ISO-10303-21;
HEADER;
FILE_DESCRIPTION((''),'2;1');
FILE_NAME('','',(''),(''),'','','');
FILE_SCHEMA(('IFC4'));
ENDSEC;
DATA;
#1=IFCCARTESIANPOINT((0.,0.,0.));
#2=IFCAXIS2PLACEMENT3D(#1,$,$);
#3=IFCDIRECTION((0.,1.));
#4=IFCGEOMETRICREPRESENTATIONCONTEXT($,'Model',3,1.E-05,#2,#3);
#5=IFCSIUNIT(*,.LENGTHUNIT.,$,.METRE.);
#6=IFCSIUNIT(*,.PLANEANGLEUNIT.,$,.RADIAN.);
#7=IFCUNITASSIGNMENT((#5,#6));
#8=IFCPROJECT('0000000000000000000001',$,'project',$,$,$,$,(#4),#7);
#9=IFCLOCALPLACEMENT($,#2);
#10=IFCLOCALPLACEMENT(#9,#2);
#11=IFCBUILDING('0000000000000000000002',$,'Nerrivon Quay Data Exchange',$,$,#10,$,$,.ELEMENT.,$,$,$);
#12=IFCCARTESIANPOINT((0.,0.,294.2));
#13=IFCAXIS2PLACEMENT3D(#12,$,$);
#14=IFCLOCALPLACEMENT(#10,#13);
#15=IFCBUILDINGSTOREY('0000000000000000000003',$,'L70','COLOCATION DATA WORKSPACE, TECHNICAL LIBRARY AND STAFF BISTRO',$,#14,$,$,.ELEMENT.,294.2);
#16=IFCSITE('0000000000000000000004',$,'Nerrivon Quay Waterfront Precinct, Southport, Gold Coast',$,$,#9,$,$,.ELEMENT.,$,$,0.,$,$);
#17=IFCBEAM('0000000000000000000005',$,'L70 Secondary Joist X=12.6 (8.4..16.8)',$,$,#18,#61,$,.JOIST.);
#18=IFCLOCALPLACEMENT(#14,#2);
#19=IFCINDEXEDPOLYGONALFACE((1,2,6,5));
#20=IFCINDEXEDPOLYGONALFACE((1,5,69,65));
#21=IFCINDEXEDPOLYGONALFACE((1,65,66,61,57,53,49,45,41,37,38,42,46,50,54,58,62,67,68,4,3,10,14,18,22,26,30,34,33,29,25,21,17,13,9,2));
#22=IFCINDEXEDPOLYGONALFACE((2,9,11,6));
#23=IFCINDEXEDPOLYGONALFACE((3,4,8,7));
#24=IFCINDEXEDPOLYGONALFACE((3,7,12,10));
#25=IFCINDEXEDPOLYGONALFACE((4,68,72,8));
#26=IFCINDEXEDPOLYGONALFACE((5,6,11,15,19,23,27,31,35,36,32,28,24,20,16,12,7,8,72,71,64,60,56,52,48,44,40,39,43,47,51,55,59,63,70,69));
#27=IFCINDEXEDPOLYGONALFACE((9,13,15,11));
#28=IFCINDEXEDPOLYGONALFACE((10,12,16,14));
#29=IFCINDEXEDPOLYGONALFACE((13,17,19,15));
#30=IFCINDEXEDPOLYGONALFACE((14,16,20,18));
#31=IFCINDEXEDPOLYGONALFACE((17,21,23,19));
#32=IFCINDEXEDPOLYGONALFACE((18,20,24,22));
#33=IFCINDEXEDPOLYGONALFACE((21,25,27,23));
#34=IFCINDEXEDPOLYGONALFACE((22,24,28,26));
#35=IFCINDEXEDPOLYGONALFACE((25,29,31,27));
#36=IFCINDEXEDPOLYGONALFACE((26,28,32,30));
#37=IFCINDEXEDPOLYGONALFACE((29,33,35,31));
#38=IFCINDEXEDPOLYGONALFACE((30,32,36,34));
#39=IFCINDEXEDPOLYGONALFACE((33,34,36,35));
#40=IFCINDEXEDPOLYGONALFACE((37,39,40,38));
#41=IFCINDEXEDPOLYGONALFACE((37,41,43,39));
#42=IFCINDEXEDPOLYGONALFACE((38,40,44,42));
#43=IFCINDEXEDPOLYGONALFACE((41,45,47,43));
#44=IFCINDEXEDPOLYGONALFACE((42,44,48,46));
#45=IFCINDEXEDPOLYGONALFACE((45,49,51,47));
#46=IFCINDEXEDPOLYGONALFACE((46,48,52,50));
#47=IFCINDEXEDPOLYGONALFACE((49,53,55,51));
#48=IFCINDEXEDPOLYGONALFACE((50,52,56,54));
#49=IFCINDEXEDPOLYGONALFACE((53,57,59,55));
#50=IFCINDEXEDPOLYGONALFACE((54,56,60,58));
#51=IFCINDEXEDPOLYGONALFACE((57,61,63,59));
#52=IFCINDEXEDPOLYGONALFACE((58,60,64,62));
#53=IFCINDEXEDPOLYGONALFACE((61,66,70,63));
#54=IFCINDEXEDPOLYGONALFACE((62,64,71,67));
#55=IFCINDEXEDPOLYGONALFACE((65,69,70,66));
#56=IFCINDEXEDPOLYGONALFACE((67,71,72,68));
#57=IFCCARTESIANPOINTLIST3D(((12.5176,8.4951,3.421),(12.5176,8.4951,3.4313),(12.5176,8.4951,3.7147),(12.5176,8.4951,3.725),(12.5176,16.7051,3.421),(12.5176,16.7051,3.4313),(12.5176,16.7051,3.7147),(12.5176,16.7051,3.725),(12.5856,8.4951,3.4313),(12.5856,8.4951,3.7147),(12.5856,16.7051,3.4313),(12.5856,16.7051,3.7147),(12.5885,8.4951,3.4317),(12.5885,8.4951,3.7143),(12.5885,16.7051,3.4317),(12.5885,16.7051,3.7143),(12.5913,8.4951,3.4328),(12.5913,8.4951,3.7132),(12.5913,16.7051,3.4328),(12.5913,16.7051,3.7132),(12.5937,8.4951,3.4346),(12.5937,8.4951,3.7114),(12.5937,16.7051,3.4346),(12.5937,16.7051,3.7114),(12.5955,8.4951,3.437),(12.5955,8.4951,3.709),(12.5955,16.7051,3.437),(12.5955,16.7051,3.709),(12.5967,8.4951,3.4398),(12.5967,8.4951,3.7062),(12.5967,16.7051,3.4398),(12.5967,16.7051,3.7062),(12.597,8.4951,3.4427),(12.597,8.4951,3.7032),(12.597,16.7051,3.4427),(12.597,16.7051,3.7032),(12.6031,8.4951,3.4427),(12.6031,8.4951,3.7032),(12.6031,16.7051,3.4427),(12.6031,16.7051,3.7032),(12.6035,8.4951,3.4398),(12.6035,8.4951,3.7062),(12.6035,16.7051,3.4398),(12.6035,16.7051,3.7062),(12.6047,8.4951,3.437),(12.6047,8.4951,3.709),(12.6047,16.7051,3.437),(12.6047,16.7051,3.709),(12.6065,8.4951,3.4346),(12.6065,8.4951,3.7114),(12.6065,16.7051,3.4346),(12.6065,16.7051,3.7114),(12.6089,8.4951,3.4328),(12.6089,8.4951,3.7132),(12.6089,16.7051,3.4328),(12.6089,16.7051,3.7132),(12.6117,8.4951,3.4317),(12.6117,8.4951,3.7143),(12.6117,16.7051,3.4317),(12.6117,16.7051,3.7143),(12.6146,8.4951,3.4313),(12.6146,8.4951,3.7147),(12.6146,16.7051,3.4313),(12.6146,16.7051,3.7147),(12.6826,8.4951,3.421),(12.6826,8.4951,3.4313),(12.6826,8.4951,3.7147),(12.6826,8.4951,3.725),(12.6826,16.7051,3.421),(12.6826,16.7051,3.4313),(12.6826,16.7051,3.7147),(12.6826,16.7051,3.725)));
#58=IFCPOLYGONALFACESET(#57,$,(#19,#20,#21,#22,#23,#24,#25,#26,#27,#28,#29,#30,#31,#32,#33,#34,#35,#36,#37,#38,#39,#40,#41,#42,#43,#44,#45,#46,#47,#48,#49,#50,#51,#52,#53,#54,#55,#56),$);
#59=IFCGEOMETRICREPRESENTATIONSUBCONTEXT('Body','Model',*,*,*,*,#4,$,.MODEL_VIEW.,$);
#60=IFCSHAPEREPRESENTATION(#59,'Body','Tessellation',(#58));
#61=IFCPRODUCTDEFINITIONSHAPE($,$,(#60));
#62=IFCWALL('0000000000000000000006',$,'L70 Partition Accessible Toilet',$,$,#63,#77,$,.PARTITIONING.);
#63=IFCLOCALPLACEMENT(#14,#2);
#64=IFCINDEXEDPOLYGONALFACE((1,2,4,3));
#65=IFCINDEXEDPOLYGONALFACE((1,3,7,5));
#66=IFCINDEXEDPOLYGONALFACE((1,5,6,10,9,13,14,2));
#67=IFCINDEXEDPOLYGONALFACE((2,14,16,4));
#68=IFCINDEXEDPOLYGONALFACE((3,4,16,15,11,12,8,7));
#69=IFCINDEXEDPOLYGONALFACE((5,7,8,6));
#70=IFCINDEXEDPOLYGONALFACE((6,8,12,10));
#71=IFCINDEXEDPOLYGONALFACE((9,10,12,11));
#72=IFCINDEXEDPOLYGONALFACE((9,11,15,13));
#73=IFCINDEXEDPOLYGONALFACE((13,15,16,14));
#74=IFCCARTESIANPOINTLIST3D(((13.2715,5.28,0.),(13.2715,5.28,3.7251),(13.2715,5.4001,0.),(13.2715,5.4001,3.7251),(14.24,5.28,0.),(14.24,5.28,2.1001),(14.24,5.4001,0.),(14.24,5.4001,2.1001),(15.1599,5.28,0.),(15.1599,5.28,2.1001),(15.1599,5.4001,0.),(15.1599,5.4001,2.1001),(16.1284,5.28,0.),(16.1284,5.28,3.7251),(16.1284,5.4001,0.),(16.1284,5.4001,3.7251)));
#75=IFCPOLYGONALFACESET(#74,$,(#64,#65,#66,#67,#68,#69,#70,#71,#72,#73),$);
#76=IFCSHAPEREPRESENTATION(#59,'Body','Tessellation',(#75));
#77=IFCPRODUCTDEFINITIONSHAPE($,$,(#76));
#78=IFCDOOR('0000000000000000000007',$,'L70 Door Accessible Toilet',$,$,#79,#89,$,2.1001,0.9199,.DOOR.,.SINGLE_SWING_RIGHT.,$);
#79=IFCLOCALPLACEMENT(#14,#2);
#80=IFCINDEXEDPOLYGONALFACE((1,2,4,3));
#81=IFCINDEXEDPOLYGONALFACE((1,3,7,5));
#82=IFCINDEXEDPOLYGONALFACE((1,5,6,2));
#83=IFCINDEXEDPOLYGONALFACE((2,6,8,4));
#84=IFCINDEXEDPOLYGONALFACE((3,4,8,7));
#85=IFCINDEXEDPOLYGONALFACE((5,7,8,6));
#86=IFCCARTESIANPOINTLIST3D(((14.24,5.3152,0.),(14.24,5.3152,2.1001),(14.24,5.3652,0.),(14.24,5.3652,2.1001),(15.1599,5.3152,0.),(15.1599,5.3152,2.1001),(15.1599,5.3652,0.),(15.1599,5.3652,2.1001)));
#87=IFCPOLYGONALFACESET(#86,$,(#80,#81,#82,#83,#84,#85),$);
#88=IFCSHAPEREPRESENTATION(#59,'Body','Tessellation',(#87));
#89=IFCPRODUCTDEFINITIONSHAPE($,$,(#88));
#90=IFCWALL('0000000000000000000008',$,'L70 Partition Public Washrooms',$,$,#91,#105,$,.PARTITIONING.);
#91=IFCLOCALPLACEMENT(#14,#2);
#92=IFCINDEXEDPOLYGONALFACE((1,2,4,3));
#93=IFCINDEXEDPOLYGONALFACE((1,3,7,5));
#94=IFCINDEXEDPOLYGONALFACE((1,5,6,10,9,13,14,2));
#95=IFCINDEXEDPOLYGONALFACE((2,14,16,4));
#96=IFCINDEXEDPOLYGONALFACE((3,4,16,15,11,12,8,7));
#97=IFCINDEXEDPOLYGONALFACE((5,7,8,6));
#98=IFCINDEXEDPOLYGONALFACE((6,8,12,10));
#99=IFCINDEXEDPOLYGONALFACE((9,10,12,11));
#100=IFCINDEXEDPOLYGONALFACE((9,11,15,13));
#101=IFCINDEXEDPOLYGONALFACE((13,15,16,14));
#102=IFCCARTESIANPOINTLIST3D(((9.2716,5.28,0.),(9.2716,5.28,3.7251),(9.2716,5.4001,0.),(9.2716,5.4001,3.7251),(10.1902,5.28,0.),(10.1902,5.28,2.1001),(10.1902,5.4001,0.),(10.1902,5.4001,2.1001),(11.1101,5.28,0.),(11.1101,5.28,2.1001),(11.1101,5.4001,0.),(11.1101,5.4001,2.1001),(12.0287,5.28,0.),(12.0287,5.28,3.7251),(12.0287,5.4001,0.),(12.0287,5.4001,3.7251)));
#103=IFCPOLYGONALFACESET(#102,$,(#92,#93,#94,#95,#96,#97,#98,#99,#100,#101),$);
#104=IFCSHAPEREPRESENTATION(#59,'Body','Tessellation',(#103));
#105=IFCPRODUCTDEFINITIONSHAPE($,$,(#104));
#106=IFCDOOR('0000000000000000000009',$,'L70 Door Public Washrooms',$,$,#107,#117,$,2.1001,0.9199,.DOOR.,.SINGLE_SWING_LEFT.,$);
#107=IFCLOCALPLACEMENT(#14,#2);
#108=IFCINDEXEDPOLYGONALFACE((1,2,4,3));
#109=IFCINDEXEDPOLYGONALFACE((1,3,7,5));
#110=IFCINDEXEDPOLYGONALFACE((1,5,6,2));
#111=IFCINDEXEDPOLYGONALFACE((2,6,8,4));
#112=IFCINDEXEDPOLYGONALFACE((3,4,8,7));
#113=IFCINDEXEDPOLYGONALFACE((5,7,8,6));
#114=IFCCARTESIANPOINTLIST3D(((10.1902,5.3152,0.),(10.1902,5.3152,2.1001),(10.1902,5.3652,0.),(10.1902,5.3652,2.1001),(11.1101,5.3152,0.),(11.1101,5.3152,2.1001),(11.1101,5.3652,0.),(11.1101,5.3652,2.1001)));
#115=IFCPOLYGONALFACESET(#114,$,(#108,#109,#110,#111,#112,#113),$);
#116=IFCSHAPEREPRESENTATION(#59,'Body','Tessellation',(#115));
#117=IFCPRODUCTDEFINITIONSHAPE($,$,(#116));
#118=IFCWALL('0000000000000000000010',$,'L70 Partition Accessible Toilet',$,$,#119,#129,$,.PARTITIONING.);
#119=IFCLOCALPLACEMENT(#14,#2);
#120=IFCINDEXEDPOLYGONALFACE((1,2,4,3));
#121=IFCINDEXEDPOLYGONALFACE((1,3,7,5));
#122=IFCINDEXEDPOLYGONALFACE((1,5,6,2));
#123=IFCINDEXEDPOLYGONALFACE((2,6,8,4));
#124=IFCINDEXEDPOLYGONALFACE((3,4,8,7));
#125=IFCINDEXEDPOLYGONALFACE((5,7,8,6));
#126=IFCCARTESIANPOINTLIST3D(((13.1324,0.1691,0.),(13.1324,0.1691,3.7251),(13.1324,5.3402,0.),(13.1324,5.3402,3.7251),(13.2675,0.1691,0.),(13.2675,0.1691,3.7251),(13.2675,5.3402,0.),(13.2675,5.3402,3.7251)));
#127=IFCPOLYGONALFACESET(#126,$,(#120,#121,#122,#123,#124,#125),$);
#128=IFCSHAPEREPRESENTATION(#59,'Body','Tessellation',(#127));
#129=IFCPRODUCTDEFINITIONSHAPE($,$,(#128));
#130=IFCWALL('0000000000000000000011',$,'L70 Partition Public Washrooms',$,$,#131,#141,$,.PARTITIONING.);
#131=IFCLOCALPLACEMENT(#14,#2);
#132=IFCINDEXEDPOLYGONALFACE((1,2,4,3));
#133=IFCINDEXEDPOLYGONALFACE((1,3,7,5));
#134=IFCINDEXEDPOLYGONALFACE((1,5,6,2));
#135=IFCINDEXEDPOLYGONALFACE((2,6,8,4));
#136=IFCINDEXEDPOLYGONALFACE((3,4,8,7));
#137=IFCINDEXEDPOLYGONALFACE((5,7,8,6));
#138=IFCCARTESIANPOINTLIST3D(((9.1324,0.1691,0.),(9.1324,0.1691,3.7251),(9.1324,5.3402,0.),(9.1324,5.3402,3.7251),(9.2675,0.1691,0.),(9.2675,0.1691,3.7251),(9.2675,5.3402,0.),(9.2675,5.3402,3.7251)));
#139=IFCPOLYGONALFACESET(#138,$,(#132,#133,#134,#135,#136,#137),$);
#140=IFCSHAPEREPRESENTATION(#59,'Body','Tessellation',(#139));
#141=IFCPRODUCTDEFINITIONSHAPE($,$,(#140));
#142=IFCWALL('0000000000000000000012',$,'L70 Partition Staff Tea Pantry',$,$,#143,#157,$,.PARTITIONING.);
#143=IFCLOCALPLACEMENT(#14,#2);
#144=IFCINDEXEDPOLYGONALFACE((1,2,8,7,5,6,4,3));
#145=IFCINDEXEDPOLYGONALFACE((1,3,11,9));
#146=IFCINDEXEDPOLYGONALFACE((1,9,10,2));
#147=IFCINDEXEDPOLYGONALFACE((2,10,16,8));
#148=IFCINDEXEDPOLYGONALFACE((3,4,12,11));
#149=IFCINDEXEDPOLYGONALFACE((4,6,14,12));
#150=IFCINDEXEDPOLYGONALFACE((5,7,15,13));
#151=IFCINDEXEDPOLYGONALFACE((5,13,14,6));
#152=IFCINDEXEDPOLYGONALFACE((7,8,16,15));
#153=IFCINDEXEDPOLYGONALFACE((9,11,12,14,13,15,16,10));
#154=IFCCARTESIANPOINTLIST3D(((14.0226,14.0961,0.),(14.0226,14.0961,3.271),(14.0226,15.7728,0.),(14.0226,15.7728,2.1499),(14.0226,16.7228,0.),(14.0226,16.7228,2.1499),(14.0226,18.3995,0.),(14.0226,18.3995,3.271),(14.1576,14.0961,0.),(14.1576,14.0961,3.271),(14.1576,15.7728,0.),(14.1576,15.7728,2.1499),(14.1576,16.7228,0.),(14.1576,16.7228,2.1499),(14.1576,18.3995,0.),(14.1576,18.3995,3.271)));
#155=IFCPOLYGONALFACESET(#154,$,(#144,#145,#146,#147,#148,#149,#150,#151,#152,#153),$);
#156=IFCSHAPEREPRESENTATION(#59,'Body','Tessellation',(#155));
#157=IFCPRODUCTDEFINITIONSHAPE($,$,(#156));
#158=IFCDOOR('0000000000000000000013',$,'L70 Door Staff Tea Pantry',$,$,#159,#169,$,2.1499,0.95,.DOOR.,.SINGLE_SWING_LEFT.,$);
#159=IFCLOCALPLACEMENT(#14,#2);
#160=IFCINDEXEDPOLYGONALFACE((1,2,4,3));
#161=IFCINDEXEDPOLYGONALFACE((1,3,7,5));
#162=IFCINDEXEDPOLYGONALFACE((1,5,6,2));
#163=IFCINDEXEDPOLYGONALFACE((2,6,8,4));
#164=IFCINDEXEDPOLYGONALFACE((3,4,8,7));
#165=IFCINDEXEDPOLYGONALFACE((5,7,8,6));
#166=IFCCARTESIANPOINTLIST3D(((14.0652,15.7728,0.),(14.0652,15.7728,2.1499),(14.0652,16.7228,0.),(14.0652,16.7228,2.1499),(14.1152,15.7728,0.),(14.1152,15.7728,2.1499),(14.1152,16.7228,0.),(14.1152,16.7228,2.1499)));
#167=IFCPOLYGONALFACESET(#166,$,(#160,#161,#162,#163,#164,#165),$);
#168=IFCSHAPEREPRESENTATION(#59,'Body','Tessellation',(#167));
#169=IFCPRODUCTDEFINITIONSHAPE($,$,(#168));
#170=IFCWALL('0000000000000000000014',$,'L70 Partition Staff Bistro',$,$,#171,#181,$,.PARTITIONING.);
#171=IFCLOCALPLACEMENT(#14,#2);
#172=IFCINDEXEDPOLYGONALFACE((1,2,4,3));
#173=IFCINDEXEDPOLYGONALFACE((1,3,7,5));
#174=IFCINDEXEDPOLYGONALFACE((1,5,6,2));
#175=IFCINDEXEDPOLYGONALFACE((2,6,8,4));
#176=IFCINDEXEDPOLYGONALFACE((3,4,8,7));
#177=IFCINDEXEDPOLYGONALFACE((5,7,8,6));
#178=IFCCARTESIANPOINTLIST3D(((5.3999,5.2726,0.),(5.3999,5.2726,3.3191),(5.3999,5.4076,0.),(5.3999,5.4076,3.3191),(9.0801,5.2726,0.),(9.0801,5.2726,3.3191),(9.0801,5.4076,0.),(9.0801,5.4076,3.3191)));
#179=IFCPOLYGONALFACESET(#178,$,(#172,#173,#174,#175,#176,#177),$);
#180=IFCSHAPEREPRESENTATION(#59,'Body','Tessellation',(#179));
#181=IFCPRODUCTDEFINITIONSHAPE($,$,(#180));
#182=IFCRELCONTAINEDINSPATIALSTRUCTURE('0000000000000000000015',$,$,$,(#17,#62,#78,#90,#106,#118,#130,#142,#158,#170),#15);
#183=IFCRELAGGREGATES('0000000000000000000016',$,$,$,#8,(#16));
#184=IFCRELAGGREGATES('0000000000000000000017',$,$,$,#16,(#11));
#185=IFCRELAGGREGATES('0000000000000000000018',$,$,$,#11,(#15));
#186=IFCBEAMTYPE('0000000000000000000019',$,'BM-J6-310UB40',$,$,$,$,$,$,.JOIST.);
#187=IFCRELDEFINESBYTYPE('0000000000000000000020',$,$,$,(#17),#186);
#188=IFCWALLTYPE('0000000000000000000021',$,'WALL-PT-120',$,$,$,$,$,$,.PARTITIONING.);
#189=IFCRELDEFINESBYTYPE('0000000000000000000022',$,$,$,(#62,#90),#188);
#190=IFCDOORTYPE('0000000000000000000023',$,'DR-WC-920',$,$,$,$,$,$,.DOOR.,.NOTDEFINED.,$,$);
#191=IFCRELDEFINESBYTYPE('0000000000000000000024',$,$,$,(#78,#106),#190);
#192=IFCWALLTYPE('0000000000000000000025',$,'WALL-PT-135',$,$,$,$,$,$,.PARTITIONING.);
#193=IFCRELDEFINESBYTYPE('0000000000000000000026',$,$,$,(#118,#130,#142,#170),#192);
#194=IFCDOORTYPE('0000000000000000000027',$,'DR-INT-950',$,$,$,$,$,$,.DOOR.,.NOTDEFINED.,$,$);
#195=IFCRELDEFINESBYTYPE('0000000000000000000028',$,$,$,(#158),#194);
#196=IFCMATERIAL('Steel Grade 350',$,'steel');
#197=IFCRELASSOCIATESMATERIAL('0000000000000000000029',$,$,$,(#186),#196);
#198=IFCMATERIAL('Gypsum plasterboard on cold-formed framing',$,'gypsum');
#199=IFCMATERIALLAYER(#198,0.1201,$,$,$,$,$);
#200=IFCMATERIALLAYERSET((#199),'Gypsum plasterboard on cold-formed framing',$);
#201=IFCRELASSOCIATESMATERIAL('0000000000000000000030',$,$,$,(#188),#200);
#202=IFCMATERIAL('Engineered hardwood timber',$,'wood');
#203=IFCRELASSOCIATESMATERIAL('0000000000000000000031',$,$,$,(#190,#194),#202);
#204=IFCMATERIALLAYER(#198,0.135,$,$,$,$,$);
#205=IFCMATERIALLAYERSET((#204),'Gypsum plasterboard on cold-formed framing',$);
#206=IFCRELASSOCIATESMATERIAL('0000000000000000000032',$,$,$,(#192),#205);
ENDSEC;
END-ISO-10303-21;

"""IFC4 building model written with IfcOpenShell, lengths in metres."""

from ifc_helpers import new_model, si_unit, direction, frame, frame_2d, origin, origin_2d, place, context, subcontext, project, spatial, rectangle, i_section, extrude, material, layer, layer_set, material_profile, profile_set, type_object, element, fill, save


model = new_model("IFC4")

# Units and contexts
model_context = context("Model", 3, precision=1e-05, world=origin(), true_north=direction((0.0, 1.0)))
body_context = subcontext(model_context, "Body", "Model", "MODEL_VIEW")
ifc_project = project(units=[si_unit("LENGTHUNIT", "METRE"), si_unit("PLANEANGLEUNIT", "RADIAN")], contexts=[model_context])

# Site, building, storey
site_placement = place(None, origin())
site = spatial("IfcSite", under=ifc_project, at=site_placement, Name="Nerrivon Quay Waterfront Precinct, Southport, Gold Coast", CompositionType="ELEMENT", RefElevation=0.0)
building_placement = place(site_placement, origin())
building = spatial("IfcBuilding", under=site, at=building_placement, Name="Nerrivon Quay Data Exchange", CompositionType="ELEMENT")
storey_placement = place(building_placement, frame((0.0, 0.0, 294.2)))
storey = spatial("IfcBuildingStorey", under=building, at=storey_placement, Name="L70", Description="COLOCATION DATA WORKSPACE, TECHNICAL LIBRARY AND STAFF BISTRO", CompositionType="ELEMENT", Elevation=294.2)

# Shared definitions
ifc_material_1 = material(Name="Steel Grade 350", Category="steel")

# Beam
ifc_material_profile_1 = material_profile(ifc_material_1, i_section(OverallWidth=0.165, OverallDepth=0.304, WebThickness=0.0061, FlangeThickness=0.0103, FilletRadius=0.0115, at=origin_2d()), Name="310UB40.4")
ifc_profile_set_1 = profile_set([ifc_material_profile_1], Name="Steel Grade 350")
beam_type_1 = type_object("IfcBeamType", Name="BM-J6-310UB40", PredefinedType="JOIST", material=ifc_profile_set_1)
beam_1_placement = place(storey_placement, frame((12.6001, 8.4951, 3.573), z_axis=(0.0, 1.0, 0.0), x_axis=(-1.0, 0.0, 0.0)))
element("IfcBeam", 1, at=beam_1_placement, inside=storey, type_object=beam_type_1, Name="L70 Secondary Joist X=12.6 (8.4..16.8)", PredefinedType="JOIST", context=body_context, shape_type="SweptSolid", body=[
    extrude(i_section(OverallWidth=0.165, OverallDepth=0.304, WebThickness=0.0061, FlangeThickness=0.0103, FilletRadius=0.0115, at=origin_2d()), origin(), (0.0, 0.0, 1.0), 8.21),
])

# Walls, openings, doors
ifc_material_2 = material(Name="Gypsum plasterboard on cold-formed framing", Category="gypsum")
ifc_layer_1 = layer(ifc_material_2, 0.1201)
ifc_layer_set_1 = layer_set([ifc_layer_1], Name="Gypsum plasterboard on cold-formed framing")
wall_type_1 = type_object("IfcWallType", Name="WALL-PT-120", PredefinedType="PARTITIONING", material=ifc_layer_set_1)
wall_1_placement = place(storey_placement, frame((16.1284, 5.3401, 0.0), z_axis=(0.0, 0.0, 1.0), x_axis=(-1.0, 0.0, 0.0)))
wall_1 = element("IfcWall", 2, at=wall_1_placement, inside=storey, type_object=wall_type_1, Name="L70 Partition Accessible Toilet", PredefinedType="PARTITIONING", context=body_context, shape_type="SweptSolid", body=[
    extrude(rectangle(XDim=2.8569, YDim=0.1201, at=frame_2d((1.4285, 0.0))), origin(), (0.0, 0.0, 1.0), 3.7251),
])
opening_1_placement = place(wall_1_placement, frame((0.9685, 0.0, 0.0)))
opening_1 = element("IfcOpeningElement", 3, at=opening_1_placement, cuts=wall_1, PredefinedType="OPENING", context=body_context, shape_type="SweptSolid", body=[
    extrude(rectangle(XDim=0.9199, YDim=2.1001, at=frame_2d((0.46, 1.05))), frame((0.0, 0.0701, 0.0), z_axis=(0.0, -1.0, 0.0), x_axis=(1.0, 0.0, 0.0)), (0.0, 0.0, 1.0), 0.1401),
])
ifc_material_3 = material(Name="Engineered hardwood timber", Category="wood")
door_type_1 = type_object("IfcDoorType", Name="DR-WC-920", OperationType="NOTDEFINED", PredefinedType="DOOR", material=ifc_material_3)
door_1_placement = place(opening_1_placement, origin())
door_1 = element("IfcDoor", 4, at=door_1_placement, inside=storey, type_object=door_type_1, Name="L70 Door Accessible Toilet", OperationType="SINGLE_SWING_RIGHT", OverallHeight=2.1001, OverallWidth=0.9199, PredefinedType="DOOR", context=body_context, shape_type="SweptSolid", body=[
    extrude(rectangle(XDim=0.9199, YDim=2.1001, at=frame_2d((0.46, 1.05))), frame((0.0, 0.0249, 0.0), z_axis=(0.0, -1.0, 0.0), x_axis=(1.0, 0.0, 0.0)), (0.0, 0.0, 1.0), 0.05),
])
fill(opening_1, door_1)
wall_2_placement = place(storey_placement, frame((12.0286, 5.3401, 0.0), z_axis=(0.0, 0.0, 1.0), x_axis=(-1.0, 0.0, 0.0)))
wall_2 = element("IfcWall", 5, at=wall_2_placement, inside=storey, type_object=wall_type_1, Name="L70 Partition Public Washrooms", PredefinedType="PARTITIONING", context=body_context, shape_type="SweptSolid", body=[
    extrude(rectangle(XDim=2.7571, YDim=0.1201, at=frame_2d((1.3784, 0.0))), origin(), (0.0, 0.0, 1.0), 3.7251),
])
opening_2_placement = place(wall_2_placement, frame((0.9185, 0.0, 0.0)))
opening_2 = element("IfcOpeningElement", 6, at=opening_2_placement, cuts=wall_2, PredefinedType="OPENING", context=body_context, shape_type="SweptSolid", body=[
    extrude(rectangle(XDim=0.9199, YDim=2.1001, at=frame_2d((0.46, 1.05))), frame((0.0, 0.0701, 0.0), z_axis=(0.0, -1.0, 0.0), x_axis=(1.0, 0.0, 0.0)), (0.0, 0.0, 1.0), 0.1401),
])
door_2_placement = place(opening_2_placement, origin())
door_2 = element("IfcDoor", 7, at=door_2_placement, inside=storey, type_object=door_type_1, Name="L70 Door Public Washrooms", OperationType="SINGLE_SWING_LEFT", OverallHeight=2.1001, OverallWidth=0.9199, PredefinedType="DOOR", context=body_context, shape_type="SweptSolid", body=[
    extrude(rectangle(XDim=0.9199, YDim=2.1001, at=frame_2d((0.46, 1.05))), frame((0.0, 0.0249, 0.0), z_axis=(0.0, -1.0, 0.0), x_axis=(1.0, 0.0, 0.0)), (0.0, 0.0, 1.0), 0.05),
])
fill(opening_2, door_2)
door_type_2 = type_object("IfcDoorType", Name="DR-INT-950", OperationType="NOTDEFINED", PredefinedType="DOOR", material=ifc_material_3)

# Walls
ifc_layer_2 = layer(ifc_material_2, 0.135)
ifc_layer_set_2 = layer_set([ifc_layer_2], Name="Gypsum plasterboard on cold-formed framing")
wall_type_2 = type_object("IfcWallType", Name="WALL-PT-135", PredefinedType="PARTITIONING", material=ifc_layer_set_2)
for number, where, z_axis, x_axis, name in (
    (8, (13.2, 5.3401, 0.0), (0.0, 0.0, 1.0), (0.0, -1.0, 0.0), "L70 Partition Accessible Toilet"),
    (9, (9.2, 5.3401, 0.0), (0.0, 0.0, 1.0), (0.0, -1.0, 0.0), "L70 Partition Public Washrooms"),
):
    element("IfcWall", number, at=place(storey_placement, frame(where, z_axis=z_axis, x_axis=x_axis)), inside=storey, type_object=wall_type_2, Name=name, PredefinedType="PARTITIONING", context=body_context, shape_type="SweptSolid", body=[
        extrude(rectangle(XDim=5.1711, YDim=0.135, at=frame_2d((2.5854, 0.0))), origin(), (0.0, 0.0, 1.0), 3.7251),
    ])

# Wall, opening, door
wall_3_placement = place(storey_placement, frame((14.0901, 14.0959, 0.0), z_axis=(0.0, 0.0, 1.0), x_axis=(0.0, 1.0, 0.0)))
wall_3 = element("IfcWall", 10, at=wall_3_placement, inside=storey, type_object=wall_type_2, Name="L70 Partition Staff Tea Pantry", PredefinedType="PARTITIONING", context=body_context, shape_type="SweptSolid", body=[
    extrude(rectangle(XDim=4.3035, YDim=0.135, at=frame_2d((2.1519, 0.0))), origin(), (0.0, 0.0, 1.0), 3.271),
])
opening_3_placement = place(wall_3_placement, frame((1.6768, 0.0, 0.0)))
opening_3 = element("IfcOpeningElement", 11, at=opening_3_placement, cuts=wall_3, PredefinedType="OPENING", context=body_context, shape_type="SweptSolid", body=[
    extrude(rectangle(XDim=0.95, YDim=2.1499, at=frame_2d((0.4751, 1.075))), frame((0.0, 0.0774, 0.0), z_axis=(0.0, -1.0, 0.0), x_axis=(1.0, 0.0, 0.0)), (0.0, 0.0, 1.0), 0.155),
])
door_3_placement = place(opening_3_placement, origin())
door_3 = element("IfcDoor", 12, at=door_3_placement, inside=storey, type_object=door_type_2, Name="L70 Door Staff Tea Pantry", OperationType="SINGLE_SWING_LEFT", OverallHeight=2.1499, OverallWidth=0.95, PredefinedType="DOOR", context=body_context, shape_type="SweptSolid", body=[
    extrude(rectangle(XDim=0.95, YDim=2.1499, at=frame_2d((0.4751, 1.075))), frame((0.0, 0.0249, 0.0), z_axis=(0.0, -1.0, 0.0), x_axis=(1.0, 0.0, 0.0)), (0.0, 0.0, 1.0), 0.05),
])
fill(opening_3, door_3)

# Wall
wall_4_placement = place(storey_placement, frame((9.0801, 5.3401, 0.0), z_axis=(0.0, 0.0, 1.0), x_axis=(-1.0, 0.0, 0.0)))
element("IfcWall", 13, at=wall_4_placement, inside=storey, type_object=wall_type_2, Name="L70 Partition Staff Bistro", PredefinedType="PARTITIONING", context=body_context, shape_type="SweptSolid", body=[
    extrude(rectangle(XDim=3.6802, YDim=0.135, at=frame_2d((1.8401, 0.0))), origin(), (0.0, 0.0, 1.0), 3.3191),
])

save(model, "model.ifc")
